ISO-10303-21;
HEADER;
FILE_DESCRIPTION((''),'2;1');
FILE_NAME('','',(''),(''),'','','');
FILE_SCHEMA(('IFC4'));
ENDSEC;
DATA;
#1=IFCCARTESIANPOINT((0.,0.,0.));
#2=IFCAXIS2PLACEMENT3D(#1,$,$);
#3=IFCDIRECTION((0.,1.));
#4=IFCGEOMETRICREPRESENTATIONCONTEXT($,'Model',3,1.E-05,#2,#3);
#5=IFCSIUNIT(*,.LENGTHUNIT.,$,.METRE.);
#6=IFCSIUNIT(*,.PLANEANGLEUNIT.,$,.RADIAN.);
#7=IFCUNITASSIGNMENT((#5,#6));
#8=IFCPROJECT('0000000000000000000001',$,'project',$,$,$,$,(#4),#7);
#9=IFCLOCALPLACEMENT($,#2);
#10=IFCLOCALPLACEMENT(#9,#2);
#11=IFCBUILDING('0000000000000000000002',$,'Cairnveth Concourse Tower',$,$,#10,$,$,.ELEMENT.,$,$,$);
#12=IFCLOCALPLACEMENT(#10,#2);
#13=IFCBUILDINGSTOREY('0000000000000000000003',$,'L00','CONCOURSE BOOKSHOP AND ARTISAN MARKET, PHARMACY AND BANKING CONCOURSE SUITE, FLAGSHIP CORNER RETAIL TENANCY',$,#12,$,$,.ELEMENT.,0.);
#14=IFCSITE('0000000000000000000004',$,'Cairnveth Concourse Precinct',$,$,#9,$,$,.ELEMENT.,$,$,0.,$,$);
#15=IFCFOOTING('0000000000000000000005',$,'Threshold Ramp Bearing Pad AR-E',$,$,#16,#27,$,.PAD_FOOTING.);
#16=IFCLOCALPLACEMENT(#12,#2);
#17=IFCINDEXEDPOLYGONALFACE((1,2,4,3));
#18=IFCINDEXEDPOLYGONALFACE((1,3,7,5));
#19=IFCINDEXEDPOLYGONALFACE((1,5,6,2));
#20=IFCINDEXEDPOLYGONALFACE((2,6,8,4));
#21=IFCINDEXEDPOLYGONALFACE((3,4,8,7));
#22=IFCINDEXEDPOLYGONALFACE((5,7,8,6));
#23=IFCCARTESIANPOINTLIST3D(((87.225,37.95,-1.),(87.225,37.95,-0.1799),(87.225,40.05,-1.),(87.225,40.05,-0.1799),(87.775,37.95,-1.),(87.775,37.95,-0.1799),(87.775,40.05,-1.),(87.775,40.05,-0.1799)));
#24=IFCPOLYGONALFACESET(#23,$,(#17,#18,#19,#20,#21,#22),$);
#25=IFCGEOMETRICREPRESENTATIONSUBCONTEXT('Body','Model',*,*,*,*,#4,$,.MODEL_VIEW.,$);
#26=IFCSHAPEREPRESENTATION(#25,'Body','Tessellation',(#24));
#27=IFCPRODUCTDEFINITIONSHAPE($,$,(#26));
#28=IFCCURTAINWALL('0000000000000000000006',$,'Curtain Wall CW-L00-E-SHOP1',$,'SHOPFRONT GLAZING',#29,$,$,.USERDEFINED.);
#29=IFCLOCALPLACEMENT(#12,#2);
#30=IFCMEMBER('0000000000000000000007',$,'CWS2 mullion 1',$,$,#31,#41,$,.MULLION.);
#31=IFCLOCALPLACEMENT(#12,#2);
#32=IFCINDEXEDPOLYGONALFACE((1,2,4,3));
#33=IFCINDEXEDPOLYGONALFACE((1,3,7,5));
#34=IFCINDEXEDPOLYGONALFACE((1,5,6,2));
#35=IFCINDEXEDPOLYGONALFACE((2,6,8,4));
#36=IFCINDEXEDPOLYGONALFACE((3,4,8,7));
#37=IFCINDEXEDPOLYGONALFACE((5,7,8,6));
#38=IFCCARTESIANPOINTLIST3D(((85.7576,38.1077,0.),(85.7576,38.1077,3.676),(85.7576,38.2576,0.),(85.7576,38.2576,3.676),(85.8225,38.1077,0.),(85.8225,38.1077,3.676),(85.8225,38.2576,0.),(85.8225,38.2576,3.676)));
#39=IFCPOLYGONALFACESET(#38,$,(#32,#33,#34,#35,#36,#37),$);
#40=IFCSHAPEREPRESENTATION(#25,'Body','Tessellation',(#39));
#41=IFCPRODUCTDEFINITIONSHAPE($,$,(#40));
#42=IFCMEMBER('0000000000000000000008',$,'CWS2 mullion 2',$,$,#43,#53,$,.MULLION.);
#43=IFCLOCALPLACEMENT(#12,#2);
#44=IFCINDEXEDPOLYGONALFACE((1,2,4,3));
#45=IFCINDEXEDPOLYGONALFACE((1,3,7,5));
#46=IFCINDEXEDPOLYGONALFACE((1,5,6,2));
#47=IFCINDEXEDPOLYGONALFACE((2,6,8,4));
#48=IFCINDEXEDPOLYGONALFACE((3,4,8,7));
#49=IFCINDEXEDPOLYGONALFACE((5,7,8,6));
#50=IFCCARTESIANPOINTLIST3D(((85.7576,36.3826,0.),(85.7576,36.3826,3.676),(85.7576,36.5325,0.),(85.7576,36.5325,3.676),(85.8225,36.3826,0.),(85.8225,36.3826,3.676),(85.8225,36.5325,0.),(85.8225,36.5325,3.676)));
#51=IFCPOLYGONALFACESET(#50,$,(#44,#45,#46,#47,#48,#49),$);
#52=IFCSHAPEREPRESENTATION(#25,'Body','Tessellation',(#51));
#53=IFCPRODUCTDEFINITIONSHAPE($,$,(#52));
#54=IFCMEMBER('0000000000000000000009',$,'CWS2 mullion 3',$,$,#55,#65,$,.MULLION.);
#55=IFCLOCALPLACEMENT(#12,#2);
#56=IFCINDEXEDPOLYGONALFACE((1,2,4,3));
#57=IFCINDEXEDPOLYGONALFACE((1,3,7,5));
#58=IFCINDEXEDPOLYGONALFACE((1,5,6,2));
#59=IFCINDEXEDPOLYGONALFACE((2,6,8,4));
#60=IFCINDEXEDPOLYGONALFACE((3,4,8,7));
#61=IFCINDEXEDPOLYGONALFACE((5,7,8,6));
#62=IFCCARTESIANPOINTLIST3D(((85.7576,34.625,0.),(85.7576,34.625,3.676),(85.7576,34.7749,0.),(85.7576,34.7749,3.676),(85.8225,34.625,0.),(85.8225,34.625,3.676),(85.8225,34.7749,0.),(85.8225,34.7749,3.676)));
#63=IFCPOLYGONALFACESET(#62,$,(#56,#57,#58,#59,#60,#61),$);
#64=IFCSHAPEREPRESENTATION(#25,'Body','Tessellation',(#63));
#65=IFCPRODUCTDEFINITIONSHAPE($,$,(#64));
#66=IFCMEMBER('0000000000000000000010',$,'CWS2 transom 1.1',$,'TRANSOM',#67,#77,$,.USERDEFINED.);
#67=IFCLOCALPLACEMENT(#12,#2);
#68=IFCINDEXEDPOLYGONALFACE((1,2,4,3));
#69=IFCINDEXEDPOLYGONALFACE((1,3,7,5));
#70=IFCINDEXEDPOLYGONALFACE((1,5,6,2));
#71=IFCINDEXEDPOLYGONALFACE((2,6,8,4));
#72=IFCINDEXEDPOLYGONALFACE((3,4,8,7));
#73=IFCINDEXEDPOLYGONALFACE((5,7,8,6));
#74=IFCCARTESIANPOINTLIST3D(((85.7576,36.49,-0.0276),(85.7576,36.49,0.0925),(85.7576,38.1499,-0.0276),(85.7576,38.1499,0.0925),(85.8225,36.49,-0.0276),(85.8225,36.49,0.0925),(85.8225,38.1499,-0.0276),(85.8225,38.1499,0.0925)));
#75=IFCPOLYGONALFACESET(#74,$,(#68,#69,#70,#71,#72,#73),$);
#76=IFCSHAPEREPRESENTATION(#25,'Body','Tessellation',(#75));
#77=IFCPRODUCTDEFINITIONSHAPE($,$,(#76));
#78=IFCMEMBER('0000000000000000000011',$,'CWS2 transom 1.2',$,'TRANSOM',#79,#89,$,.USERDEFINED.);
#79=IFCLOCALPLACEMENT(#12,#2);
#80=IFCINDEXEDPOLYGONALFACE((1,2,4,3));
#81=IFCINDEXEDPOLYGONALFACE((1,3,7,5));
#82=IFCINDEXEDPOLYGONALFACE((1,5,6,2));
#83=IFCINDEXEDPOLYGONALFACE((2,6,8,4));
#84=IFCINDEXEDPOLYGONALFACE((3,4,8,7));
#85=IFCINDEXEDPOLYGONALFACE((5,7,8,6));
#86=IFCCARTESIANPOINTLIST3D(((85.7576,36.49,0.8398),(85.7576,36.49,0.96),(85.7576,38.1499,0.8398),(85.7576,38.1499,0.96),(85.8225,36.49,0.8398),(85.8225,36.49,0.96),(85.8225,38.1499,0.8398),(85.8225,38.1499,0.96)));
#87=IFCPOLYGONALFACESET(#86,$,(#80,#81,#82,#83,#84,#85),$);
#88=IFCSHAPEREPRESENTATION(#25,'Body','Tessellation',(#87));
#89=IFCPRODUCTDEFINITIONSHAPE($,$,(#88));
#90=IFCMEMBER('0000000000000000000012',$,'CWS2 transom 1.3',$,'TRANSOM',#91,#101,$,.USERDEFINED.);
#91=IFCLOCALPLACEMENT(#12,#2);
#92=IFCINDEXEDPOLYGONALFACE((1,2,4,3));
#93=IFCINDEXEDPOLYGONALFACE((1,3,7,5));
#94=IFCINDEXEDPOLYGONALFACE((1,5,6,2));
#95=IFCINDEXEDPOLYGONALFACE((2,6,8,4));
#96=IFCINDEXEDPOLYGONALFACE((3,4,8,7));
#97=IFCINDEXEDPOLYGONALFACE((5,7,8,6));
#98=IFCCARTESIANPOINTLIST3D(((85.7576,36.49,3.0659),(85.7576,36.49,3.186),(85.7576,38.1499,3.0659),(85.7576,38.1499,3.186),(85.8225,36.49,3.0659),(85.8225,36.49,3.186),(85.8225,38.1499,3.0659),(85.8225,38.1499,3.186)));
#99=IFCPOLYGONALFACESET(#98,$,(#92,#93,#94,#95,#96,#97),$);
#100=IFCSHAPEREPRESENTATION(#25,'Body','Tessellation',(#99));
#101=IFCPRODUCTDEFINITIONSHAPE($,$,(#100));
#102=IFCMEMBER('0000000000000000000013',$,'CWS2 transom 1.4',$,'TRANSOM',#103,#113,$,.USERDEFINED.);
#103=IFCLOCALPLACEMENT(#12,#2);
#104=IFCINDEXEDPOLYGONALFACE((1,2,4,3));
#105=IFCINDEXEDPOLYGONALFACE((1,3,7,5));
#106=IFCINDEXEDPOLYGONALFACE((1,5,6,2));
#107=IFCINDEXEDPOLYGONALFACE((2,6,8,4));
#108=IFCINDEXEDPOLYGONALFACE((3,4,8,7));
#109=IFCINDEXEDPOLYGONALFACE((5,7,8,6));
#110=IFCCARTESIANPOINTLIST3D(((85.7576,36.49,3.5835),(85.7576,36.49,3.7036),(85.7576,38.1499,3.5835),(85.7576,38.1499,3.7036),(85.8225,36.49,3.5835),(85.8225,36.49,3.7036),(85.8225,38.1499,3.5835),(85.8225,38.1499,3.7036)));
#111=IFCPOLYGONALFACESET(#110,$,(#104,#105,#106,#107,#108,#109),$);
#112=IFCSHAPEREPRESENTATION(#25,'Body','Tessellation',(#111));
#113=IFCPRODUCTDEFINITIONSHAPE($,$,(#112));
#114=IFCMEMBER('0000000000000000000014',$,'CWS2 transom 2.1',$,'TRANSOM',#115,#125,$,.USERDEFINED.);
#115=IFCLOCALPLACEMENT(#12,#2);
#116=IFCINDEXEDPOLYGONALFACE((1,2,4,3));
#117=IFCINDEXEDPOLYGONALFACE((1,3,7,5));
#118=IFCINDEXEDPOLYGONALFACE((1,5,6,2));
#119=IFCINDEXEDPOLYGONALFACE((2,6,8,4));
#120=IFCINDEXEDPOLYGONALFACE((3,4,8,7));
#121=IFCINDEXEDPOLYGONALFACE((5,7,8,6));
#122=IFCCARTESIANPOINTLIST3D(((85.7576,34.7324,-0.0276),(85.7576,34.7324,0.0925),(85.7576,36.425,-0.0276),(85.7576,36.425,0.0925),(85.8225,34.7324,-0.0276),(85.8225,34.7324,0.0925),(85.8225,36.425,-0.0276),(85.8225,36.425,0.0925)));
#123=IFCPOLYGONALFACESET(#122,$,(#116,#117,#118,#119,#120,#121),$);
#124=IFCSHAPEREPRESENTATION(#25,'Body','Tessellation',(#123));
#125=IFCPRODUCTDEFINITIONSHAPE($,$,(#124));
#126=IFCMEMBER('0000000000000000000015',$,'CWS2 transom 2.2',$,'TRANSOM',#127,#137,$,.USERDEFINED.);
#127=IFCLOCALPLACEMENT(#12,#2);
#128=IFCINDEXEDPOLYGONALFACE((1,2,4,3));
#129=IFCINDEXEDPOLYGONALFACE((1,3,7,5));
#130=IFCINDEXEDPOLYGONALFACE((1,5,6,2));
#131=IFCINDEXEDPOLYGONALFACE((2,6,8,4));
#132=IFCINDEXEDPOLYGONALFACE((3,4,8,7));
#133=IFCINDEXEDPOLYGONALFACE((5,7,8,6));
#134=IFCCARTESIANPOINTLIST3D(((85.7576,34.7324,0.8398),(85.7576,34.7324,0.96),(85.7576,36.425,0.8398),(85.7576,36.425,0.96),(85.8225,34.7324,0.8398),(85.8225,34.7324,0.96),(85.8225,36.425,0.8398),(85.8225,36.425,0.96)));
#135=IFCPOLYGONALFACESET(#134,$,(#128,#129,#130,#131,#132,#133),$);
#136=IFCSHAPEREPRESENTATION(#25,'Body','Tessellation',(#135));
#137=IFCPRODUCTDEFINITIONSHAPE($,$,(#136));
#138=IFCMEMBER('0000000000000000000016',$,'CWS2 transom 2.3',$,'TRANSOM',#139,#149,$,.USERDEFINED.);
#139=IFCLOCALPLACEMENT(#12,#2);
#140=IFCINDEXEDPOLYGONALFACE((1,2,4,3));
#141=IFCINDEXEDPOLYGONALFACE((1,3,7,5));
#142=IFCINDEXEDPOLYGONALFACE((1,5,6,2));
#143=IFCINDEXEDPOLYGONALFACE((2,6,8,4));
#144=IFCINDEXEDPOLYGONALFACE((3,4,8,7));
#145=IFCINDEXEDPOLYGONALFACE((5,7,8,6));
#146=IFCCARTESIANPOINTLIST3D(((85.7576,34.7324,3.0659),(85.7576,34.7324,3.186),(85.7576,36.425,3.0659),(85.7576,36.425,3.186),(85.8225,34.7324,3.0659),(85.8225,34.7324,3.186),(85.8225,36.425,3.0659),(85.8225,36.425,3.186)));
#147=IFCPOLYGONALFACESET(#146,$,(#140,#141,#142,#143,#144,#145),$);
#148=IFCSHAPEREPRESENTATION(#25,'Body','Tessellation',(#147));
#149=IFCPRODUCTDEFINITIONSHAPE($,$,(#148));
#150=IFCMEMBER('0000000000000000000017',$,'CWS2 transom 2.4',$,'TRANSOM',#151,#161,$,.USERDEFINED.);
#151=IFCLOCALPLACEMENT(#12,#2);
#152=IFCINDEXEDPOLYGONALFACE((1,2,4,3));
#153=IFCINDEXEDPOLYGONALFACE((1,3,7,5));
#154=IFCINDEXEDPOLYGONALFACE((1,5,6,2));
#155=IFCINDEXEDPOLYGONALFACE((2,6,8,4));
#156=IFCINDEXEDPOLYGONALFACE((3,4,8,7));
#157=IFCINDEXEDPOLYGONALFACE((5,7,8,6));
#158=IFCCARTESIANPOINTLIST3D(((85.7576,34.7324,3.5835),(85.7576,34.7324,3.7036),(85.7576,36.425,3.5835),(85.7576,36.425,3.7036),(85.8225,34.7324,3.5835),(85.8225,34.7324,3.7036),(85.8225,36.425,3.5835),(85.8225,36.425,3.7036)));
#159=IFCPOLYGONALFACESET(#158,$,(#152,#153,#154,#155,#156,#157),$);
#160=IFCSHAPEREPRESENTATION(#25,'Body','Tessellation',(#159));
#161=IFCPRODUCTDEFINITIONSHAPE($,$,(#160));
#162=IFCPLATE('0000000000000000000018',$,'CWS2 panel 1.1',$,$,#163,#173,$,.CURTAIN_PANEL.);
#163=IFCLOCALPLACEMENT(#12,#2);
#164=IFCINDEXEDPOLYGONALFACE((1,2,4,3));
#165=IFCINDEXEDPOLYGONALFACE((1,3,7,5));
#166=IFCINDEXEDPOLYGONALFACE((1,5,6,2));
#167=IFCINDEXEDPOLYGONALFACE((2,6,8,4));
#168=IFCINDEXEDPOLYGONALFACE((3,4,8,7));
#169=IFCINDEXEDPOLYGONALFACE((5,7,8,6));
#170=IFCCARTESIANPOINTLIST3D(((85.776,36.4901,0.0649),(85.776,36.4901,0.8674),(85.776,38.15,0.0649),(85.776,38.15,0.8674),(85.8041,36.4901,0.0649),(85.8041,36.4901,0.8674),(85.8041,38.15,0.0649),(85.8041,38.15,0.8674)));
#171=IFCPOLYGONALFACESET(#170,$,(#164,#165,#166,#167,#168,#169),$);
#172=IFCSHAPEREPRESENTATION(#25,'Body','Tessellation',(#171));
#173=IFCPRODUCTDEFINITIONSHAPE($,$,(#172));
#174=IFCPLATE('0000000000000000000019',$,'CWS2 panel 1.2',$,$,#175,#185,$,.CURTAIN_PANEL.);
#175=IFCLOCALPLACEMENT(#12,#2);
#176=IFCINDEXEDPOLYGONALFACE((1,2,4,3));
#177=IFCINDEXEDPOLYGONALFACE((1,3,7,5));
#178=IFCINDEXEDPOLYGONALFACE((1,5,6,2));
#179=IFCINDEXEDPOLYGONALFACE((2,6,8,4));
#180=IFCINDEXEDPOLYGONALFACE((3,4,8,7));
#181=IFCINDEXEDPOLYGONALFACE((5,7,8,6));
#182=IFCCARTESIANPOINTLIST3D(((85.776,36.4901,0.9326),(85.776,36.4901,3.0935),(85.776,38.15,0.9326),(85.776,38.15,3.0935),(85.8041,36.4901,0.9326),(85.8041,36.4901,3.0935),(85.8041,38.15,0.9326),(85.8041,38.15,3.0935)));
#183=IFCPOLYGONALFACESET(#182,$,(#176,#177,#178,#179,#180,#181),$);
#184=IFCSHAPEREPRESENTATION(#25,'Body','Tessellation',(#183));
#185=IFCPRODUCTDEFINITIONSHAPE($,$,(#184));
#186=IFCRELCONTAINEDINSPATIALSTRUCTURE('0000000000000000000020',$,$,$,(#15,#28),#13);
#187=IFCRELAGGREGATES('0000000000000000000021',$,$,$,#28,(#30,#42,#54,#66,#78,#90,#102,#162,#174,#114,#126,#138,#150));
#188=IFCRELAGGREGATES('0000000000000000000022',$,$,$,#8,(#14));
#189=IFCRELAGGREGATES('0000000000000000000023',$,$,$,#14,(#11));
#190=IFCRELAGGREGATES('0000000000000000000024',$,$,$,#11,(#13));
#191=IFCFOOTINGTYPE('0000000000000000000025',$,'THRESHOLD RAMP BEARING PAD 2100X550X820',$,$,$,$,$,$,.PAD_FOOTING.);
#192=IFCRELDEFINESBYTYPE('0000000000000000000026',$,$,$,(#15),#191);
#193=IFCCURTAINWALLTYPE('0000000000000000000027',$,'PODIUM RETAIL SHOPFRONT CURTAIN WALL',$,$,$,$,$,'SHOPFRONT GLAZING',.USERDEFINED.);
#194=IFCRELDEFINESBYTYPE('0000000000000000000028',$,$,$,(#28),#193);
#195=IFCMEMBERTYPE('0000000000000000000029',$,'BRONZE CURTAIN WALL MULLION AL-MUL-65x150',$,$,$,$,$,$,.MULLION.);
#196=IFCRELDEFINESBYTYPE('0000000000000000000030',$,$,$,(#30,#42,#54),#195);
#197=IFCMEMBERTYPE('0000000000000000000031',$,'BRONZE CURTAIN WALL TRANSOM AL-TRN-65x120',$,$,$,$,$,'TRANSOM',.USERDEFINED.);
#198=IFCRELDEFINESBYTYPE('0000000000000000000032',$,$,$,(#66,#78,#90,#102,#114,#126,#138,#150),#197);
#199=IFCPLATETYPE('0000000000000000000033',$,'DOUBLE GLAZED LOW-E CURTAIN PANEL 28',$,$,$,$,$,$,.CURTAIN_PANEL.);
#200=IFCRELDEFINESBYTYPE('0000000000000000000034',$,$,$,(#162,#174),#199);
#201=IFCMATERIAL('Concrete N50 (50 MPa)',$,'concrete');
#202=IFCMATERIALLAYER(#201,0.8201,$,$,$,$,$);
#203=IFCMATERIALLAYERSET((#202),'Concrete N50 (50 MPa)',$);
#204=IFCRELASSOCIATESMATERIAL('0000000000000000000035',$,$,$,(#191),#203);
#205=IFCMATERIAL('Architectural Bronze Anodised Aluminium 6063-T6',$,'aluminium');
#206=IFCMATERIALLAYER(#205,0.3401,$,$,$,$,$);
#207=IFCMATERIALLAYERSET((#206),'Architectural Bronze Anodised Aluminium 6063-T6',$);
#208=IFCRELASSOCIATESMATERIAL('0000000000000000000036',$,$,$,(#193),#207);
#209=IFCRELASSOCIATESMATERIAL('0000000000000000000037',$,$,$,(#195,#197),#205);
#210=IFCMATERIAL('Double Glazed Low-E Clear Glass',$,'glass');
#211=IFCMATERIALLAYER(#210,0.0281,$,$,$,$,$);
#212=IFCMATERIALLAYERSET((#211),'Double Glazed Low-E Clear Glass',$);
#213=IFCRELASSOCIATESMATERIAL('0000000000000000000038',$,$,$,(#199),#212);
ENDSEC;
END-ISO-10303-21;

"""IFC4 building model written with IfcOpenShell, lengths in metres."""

from ifc_helpers import new_model, si_unit, direction, frame, origin, origin_2d, place, context, subcontext, project, spatial, rectangle, extrude, material, layer, layer_set, material_profile, profile_set, type_object, element, aggregate, save


model = new_model("IFC4")

# Units and contexts
model_context = context("Model", 3, precision=1e-05, world=origin(), true_north=direction((0.0, 1.0)))
body_context = subcontext(model_context, "Body", "Model", "MODEL_VIEW")
ifc_project = project(units=[si_unit("LENGTHUNIT", "METRE"), si_unit("PLANEANGLEUNIT", "RADIAN")], contexts=[model_context])

# Site, building, storey
site_placement = place(None, origin())
site = spatial("IfcSite", under=ifc_project, at=site_placement, Name="Cairnveth Concourse Precinct", CompositionType="ELEMENT", RefElevation=0.0)
building_placement = place(site_placement, origin())
building = spatial("IfcBuilding", under=site, at=building_placement, Name="Cairnveth Concourse Tower", CompositionType="ELEMENT")
storey_placement = place(building_placement, origin())
storey = spatial("IfcBuildingStorey", under=building, at=storey_placement, Name="L00", Description="CONCOURSE BOOKSHOP AND ARTISAN MARKET, PHARMACY AND BANKING CONCOURSE SUITE, FLAGSHIP CORNER RETAIL TENANCY", CompositionType="ELEMENT", Elevation=0.0)

# Footing
ifc_material_1 = material(Name="Concrete N50 (50 MPa)", Category="concrete")
ifc_layer_1 = layer(ifc_material_1, 0.8201)
ifc_layer_set_1 = layer_set([ifc_layer_1], Name="Concrete N50 (50 MPa)")
footing_type = type_object("IfcFootingType", Name="THRESHOLD RAMP BEARING PAD 2100X550X820", PredefinedType="PAD_FOOTING", material=ifc_layer_set_1)
footing_placement = place(storey_placement, frame((87.5, 39.0, -1.0), z_axis=(0.0, 0.0, 1.0), x_axis=(1.0, 0.0, 0.0)))
element("IfcFooting", 1, at=footing_placement, inside=storey, type_object=footing_type, Name="Threshold Ramp Bearing Pad AR-E", PredefinedType="PAD_FOOTING", context=body_context, shape_type="SweptSolid", body=[
    extrude(rectangle(XDim=0.55, YDim=2.1001, at=origin_2d()), origin(), (0.0, 0.0, 1.0), 0.8201),
])

# Curtain wall, members, plates
ifc_material_2 = material(Name="Architectural Bronze Anodised Aluminium 6063-T6", Category="aluminium")
ifc_layer_2 = layer(ifc_material_2, 0.3401)
ifc_layer_set_2 = layer_set([ifc_layer_2], Name="Architectural Bronze Anodised Aluminium 6063-T6")
curtain_wall_type = type_object("IfcCurtainWallType", Name="PODIUM RETAIL SHOPFRONT CURTAIN WALL", ElementType="SHOPFRONT GLAZING", PredefinedType="USERDEFINED", material=ifc_layer_set_2)
curtain_wall_placement = place(storey_placement, origin())
curtain_wall = element("IfcCurtainWall", 2, at=curtain_wall_placement, inside=storey, type_object=curtain_wall_type, Name="Curtain Wall CW-L00-E-SHOP1", ObjectType="SHOPFRONT GLAZING", PredefinedType="USERDEFINED")
ifc_material_profile_1 = material_profile(ifc_material_2, rectangle(XDim=0.0649, YDim=0.1499, at=origin_2d()), Name="AL-MUL-65x150")
ifc_profile_set_1 = profile_set([ifc_material_profile_1], Name="Architectural Bronze Anodised Aluminium 6063-T6")
member_type_1 = type_object("IfcMemberType", Name="BRONZE CURTAIN WALL MULLION AL-MUL-65x150", PredefinedType="MULLION", material=ifc_profile_set_1)
member_1_placement = place(storey_placement, frame((85.79, 38.1826, 0.0), z_axis=(0.0, 0.0, 1.0), x_axis=(1.0, 0.0, 0.0)))
member_1 = element("IfcMember", 3, at=member_1_placement, type_object=member_type_1, Name="CWS2 mullion 1", PredefinedType="MULLION", context=body_context, shape_type="SweptSolid", body=[
    extrude(rectangle(XDim=0.0649, YDim=0.1499, at=origin_2d()), origin(), (0.0, 0.0, 1.0), 3.676),
])
member_2_placement = place(storey_placement, frame((85.79, 36.4575, 0.0), z_axis=(0.0, 0.0, 1.0), x_axis=(1.0, 0.0, 0.0)))
member_2 = element("IfcMember", 4, at=member_2_placement, type_object=member_type_1, Name="CWS2 mullion 2", PredefinedType="MULLION", context=body_context, shape_type="SweptSolid", body=[
    extrude(rectangle(XDim=0.0649, YDim=0.1499, at=origin_2d()), origin(), (0.0, 0.0, 1.0), 3.676),
])
member_3_placement = place(storey_placement, frame((85.79, 34.7, 0.0), z_axis=(0.0, 0.0, 1.0), x_axis=(1.0, 0.0, 0.0)))
member_3 = element("IfcMember", 5, at=member_3_placement, type_object=member_type_1, Name="CWS2 mullion 3", PredefinedType="MULLION", context=body_context, shape_type="SweptSolid", body=[
    extrude(rectangle(XDim=0.0649, YDim=0.1499, at=origin_2d()), origin(), (0.0, 0.0, 1.0), 3.676),
])
ifc_material_profile_2 = material_profile(ifc_material_2, rectangle(XDim=0.0649, YDim=0.1201, at=origin_2d()), Name="AL-TRN-65x120")
ifc_profile_set_2 = profile_set([ifc_material_profile_2], Name="Architectural Bronze Anodised Aluminium 6063-T6")
member_type_2 = type_object("IfcMemberType", Name="BRONZE CURTAIN WALL TRANSOM AL-TRN-65x120", ElementType="TRANSOM", PredefinedType="USERDEFINED", material=ifc_profile_set_2)
member_4_placement = place(storey_placement, frame((85.79, 38.1499, 0.0325), z_axis=(0.0, -1.0, 0.0), x_axis=(1.0, 0.0, 0.0)))
member_4 = element("IfcMember", 6, at=member_4_placement, type_object=member_type_2, Name="CWS2 transom 1.1", ObjectType="TRANSOM", PredefinedType="USERDEFINED", context=body_context, shape_type="SweptSolid", body=[
    extrude(rectangle(XDim=0.0649, YDim=0.1201, at=origin_2d()), origin(), (0.0, 0.0, 1.0), 1.6599),
])
member_5_placement = place(storey_placement, frame((85.79, 38.1499, 0.8999), z_axis=(0.0, -1.0, 0.0), x_axis=(1.0, 0.0, 0.0)))
member_5 = element("IfcMember", 7, at=member_5_placement, type_object=member_type_2, Name="CWS2 transom 1.2", ObjectType="TRANSOM", PredefinedType="USERDEFINED", context=body_context, shape_type="SweptSolid", body=[
    extrude(rectangle(XDim=0.0649, YDim=0.1201, at=origin_2d()), origin(), (0.0, 0.0, 1.0), 1.6599),
])
member_6_placement = place(storey_placement, frame((85.79, 38.1499, 3.126), z_axis=(0.0, -1.0, 0.0), x_axis=(1.0, 0.0, 0.0)))
member_6 = element("IfcMember", 8, at=member_6_placement, type_object=member_type_2, Name="CWS2 transom 1.3", ObjectType="TRANSOM", PredefinedType="USERDEFINED", context=body_context, shape_type="SweptSolid", body=[
    extrude(rectangle(XDim=0.0649, YDim=0.1201, at=origin_2d()), origin(), (0.0, 0.0, 1.0), 1.6599),
])
member_7_placement = place(storey_placement, frame((85.79, 38.1499, 3.6436), z_axis=(0.0, -1.0, 0.0), x_axis=(1.0, 0.0, 0.0)))
member_7 = element("IfcMember", 9, at=member_7_placement, type_object=member_type_2, Name="CWS2 transom 1.4", ObjectType="TRANSOM", PredefinedType="USERDEFINED", context=body_context, shape_type="SweptSolid", body=[
    extrude(rectangle(XDim=0.0649, YDim=0.1201, at=origin_2d()), origin(), (0.0, 0.0, 1.0), 1.6599),
])
member_8_placement = place(storey_placement, frame((85.79, 36.425, 0.0325), z_axis=(0.0, -1.0, 0.0), x_axis=(1.0, 0.0, 0.0)))
member_8 = element("IfcMember", 10, at=member_8_placement, type_object=member_type_2, Name="CWS2 transom 2.1", ObjectType="TRANSOM", PredefinedType="USERDEFINED", context=body_context, shape_type="SweptSolid", body=[
    extrude(rectangle(XDim=0.0649, YDim=0.1201, at=origin_2d()), origin(), (0.0, 0.0, 1.0), 1.6926),
])
member_9_placement = place(storey_placement, frame((85.79, 36.425, 0.8999), z_axis=(0.0, -1.0, 0.0), x_axis=(1.0, 0.0, 0.0)))
member_9 = element("IfcMember", 11, at=member_9_placement, type_object=member_type_2, Name="CWS2 transom 2.2", ObjectType="TRANSOM", PredefinedType="USERDEFINED", context=body_context, shape_type="SweptSolid", body=[
    extrude(rectangle(XDim=0.0649, YDim=0.1201, at=origin_2d()), origin(), (0.0, 0.0, 1.0), 1.6926),
])
member_10_placement = place(storey_placement, frame((85.79, 36.425, 3.126), z_axis=(0.0, -1.0, 0.0), x_axis=(1.0, 0.0, 0.0)))
member_10 = element("IfcMember", 12, at=member_10_placement, type_object=member_type_2, Name="CWS2 transom 2.3", ObjectType="TRANSOM", PredefinedType="USERDEFINED", context=body_context, shape_type="SweptSolid", body=[
    extrude(rectangle(XDim=0.0649, YDim=0.1201, at=origin_2d()), origin(), (0.0, 0.0, 1.0), 1.6926),
])
member_11_placement = place(storey_placement, frame((85.79, 36.425, 3.6436), z_axis=(0.0, -1.0, 0.0), x_axis=(1.0, 0.0, 0.0)))
member_11 = element("IfcMember", 13, at=member_11_placement, type_object=member_type_2, Name="CWS2 transom 2.4", ObjectType="TRANSOM", PredefinedType="USERDEFINED", context=body_context, shape_type="SweptSolid", body=[
    extrude(rectangle(XDim=0.0649, YDim=0.1201, at=origin_2d()), origin(), (0.0, 0.0, 1.0), 1.6926),
])
ifc_material_3 = material(Name="Double Glazed Low-E Clear Glass", Category="glass")
ifc_layer_3 = layer(ifc_material_3, 0.0281)
ifc_layer_set_3 = layer_set([ifc_layer_3], Name="Double Glazed Low-E Clear Glass")
plate_type = type_object("IfcPlateType", Name="DOUBLE GLAZED LOW-E CURTAIN PANEL 28", PredefinedType="CURTAIN_PANEL", material=ifc_layer_set_3)
plate_1_placement = place(storey_placement, frame((85.79, 37.3201, 0.0649), z_axis=(0.0, 0.0, 1.0), x_axis=(0.0, -1.0, 0.0)))
plate_1 = element("IfcPlate", 14, at=plate_1_placement, type_object=plate_type, Name="CWS2 panel 1.1", PredefinedType="CURTAIN_PANEL", context=body_context, shape_type="SweptSolid", body=[
    extrude(rectangle(XDim=1.6599, YDim=0.0281, at=origin_2d()), origin(), (0.0, 0.0, 1.0), 0.8025),
])
plate_2_placement = place(storey_placement, frame((85.79, 37.3201, 0.9326), z_axis=(0.0, 0.0, 1.0), x_axis=(0.0, -1.0, 0.0)))
plate_2 = element("IfcPlate", 15, at=plate_2_placement, type_object=plate_type, Name="CWS2 panel 1.2", PredefinedType="CURTAIN_PANEL", context=body_context, shape_type="SweptSolid", body=[
    extrude(rectangle(XDim=1.6599, YDim=0.0281, at=origin_2d()), origin(), (0.0, 0.0, 1.0), 2.1609),
])
aggregate(curtain_wall, [member_1, member_2, member_3, member_4, member_5, member_6, member_7, plate_1, plate_2, member_8, member_9, member_10, member_11])

save(model, "model.ifc")
